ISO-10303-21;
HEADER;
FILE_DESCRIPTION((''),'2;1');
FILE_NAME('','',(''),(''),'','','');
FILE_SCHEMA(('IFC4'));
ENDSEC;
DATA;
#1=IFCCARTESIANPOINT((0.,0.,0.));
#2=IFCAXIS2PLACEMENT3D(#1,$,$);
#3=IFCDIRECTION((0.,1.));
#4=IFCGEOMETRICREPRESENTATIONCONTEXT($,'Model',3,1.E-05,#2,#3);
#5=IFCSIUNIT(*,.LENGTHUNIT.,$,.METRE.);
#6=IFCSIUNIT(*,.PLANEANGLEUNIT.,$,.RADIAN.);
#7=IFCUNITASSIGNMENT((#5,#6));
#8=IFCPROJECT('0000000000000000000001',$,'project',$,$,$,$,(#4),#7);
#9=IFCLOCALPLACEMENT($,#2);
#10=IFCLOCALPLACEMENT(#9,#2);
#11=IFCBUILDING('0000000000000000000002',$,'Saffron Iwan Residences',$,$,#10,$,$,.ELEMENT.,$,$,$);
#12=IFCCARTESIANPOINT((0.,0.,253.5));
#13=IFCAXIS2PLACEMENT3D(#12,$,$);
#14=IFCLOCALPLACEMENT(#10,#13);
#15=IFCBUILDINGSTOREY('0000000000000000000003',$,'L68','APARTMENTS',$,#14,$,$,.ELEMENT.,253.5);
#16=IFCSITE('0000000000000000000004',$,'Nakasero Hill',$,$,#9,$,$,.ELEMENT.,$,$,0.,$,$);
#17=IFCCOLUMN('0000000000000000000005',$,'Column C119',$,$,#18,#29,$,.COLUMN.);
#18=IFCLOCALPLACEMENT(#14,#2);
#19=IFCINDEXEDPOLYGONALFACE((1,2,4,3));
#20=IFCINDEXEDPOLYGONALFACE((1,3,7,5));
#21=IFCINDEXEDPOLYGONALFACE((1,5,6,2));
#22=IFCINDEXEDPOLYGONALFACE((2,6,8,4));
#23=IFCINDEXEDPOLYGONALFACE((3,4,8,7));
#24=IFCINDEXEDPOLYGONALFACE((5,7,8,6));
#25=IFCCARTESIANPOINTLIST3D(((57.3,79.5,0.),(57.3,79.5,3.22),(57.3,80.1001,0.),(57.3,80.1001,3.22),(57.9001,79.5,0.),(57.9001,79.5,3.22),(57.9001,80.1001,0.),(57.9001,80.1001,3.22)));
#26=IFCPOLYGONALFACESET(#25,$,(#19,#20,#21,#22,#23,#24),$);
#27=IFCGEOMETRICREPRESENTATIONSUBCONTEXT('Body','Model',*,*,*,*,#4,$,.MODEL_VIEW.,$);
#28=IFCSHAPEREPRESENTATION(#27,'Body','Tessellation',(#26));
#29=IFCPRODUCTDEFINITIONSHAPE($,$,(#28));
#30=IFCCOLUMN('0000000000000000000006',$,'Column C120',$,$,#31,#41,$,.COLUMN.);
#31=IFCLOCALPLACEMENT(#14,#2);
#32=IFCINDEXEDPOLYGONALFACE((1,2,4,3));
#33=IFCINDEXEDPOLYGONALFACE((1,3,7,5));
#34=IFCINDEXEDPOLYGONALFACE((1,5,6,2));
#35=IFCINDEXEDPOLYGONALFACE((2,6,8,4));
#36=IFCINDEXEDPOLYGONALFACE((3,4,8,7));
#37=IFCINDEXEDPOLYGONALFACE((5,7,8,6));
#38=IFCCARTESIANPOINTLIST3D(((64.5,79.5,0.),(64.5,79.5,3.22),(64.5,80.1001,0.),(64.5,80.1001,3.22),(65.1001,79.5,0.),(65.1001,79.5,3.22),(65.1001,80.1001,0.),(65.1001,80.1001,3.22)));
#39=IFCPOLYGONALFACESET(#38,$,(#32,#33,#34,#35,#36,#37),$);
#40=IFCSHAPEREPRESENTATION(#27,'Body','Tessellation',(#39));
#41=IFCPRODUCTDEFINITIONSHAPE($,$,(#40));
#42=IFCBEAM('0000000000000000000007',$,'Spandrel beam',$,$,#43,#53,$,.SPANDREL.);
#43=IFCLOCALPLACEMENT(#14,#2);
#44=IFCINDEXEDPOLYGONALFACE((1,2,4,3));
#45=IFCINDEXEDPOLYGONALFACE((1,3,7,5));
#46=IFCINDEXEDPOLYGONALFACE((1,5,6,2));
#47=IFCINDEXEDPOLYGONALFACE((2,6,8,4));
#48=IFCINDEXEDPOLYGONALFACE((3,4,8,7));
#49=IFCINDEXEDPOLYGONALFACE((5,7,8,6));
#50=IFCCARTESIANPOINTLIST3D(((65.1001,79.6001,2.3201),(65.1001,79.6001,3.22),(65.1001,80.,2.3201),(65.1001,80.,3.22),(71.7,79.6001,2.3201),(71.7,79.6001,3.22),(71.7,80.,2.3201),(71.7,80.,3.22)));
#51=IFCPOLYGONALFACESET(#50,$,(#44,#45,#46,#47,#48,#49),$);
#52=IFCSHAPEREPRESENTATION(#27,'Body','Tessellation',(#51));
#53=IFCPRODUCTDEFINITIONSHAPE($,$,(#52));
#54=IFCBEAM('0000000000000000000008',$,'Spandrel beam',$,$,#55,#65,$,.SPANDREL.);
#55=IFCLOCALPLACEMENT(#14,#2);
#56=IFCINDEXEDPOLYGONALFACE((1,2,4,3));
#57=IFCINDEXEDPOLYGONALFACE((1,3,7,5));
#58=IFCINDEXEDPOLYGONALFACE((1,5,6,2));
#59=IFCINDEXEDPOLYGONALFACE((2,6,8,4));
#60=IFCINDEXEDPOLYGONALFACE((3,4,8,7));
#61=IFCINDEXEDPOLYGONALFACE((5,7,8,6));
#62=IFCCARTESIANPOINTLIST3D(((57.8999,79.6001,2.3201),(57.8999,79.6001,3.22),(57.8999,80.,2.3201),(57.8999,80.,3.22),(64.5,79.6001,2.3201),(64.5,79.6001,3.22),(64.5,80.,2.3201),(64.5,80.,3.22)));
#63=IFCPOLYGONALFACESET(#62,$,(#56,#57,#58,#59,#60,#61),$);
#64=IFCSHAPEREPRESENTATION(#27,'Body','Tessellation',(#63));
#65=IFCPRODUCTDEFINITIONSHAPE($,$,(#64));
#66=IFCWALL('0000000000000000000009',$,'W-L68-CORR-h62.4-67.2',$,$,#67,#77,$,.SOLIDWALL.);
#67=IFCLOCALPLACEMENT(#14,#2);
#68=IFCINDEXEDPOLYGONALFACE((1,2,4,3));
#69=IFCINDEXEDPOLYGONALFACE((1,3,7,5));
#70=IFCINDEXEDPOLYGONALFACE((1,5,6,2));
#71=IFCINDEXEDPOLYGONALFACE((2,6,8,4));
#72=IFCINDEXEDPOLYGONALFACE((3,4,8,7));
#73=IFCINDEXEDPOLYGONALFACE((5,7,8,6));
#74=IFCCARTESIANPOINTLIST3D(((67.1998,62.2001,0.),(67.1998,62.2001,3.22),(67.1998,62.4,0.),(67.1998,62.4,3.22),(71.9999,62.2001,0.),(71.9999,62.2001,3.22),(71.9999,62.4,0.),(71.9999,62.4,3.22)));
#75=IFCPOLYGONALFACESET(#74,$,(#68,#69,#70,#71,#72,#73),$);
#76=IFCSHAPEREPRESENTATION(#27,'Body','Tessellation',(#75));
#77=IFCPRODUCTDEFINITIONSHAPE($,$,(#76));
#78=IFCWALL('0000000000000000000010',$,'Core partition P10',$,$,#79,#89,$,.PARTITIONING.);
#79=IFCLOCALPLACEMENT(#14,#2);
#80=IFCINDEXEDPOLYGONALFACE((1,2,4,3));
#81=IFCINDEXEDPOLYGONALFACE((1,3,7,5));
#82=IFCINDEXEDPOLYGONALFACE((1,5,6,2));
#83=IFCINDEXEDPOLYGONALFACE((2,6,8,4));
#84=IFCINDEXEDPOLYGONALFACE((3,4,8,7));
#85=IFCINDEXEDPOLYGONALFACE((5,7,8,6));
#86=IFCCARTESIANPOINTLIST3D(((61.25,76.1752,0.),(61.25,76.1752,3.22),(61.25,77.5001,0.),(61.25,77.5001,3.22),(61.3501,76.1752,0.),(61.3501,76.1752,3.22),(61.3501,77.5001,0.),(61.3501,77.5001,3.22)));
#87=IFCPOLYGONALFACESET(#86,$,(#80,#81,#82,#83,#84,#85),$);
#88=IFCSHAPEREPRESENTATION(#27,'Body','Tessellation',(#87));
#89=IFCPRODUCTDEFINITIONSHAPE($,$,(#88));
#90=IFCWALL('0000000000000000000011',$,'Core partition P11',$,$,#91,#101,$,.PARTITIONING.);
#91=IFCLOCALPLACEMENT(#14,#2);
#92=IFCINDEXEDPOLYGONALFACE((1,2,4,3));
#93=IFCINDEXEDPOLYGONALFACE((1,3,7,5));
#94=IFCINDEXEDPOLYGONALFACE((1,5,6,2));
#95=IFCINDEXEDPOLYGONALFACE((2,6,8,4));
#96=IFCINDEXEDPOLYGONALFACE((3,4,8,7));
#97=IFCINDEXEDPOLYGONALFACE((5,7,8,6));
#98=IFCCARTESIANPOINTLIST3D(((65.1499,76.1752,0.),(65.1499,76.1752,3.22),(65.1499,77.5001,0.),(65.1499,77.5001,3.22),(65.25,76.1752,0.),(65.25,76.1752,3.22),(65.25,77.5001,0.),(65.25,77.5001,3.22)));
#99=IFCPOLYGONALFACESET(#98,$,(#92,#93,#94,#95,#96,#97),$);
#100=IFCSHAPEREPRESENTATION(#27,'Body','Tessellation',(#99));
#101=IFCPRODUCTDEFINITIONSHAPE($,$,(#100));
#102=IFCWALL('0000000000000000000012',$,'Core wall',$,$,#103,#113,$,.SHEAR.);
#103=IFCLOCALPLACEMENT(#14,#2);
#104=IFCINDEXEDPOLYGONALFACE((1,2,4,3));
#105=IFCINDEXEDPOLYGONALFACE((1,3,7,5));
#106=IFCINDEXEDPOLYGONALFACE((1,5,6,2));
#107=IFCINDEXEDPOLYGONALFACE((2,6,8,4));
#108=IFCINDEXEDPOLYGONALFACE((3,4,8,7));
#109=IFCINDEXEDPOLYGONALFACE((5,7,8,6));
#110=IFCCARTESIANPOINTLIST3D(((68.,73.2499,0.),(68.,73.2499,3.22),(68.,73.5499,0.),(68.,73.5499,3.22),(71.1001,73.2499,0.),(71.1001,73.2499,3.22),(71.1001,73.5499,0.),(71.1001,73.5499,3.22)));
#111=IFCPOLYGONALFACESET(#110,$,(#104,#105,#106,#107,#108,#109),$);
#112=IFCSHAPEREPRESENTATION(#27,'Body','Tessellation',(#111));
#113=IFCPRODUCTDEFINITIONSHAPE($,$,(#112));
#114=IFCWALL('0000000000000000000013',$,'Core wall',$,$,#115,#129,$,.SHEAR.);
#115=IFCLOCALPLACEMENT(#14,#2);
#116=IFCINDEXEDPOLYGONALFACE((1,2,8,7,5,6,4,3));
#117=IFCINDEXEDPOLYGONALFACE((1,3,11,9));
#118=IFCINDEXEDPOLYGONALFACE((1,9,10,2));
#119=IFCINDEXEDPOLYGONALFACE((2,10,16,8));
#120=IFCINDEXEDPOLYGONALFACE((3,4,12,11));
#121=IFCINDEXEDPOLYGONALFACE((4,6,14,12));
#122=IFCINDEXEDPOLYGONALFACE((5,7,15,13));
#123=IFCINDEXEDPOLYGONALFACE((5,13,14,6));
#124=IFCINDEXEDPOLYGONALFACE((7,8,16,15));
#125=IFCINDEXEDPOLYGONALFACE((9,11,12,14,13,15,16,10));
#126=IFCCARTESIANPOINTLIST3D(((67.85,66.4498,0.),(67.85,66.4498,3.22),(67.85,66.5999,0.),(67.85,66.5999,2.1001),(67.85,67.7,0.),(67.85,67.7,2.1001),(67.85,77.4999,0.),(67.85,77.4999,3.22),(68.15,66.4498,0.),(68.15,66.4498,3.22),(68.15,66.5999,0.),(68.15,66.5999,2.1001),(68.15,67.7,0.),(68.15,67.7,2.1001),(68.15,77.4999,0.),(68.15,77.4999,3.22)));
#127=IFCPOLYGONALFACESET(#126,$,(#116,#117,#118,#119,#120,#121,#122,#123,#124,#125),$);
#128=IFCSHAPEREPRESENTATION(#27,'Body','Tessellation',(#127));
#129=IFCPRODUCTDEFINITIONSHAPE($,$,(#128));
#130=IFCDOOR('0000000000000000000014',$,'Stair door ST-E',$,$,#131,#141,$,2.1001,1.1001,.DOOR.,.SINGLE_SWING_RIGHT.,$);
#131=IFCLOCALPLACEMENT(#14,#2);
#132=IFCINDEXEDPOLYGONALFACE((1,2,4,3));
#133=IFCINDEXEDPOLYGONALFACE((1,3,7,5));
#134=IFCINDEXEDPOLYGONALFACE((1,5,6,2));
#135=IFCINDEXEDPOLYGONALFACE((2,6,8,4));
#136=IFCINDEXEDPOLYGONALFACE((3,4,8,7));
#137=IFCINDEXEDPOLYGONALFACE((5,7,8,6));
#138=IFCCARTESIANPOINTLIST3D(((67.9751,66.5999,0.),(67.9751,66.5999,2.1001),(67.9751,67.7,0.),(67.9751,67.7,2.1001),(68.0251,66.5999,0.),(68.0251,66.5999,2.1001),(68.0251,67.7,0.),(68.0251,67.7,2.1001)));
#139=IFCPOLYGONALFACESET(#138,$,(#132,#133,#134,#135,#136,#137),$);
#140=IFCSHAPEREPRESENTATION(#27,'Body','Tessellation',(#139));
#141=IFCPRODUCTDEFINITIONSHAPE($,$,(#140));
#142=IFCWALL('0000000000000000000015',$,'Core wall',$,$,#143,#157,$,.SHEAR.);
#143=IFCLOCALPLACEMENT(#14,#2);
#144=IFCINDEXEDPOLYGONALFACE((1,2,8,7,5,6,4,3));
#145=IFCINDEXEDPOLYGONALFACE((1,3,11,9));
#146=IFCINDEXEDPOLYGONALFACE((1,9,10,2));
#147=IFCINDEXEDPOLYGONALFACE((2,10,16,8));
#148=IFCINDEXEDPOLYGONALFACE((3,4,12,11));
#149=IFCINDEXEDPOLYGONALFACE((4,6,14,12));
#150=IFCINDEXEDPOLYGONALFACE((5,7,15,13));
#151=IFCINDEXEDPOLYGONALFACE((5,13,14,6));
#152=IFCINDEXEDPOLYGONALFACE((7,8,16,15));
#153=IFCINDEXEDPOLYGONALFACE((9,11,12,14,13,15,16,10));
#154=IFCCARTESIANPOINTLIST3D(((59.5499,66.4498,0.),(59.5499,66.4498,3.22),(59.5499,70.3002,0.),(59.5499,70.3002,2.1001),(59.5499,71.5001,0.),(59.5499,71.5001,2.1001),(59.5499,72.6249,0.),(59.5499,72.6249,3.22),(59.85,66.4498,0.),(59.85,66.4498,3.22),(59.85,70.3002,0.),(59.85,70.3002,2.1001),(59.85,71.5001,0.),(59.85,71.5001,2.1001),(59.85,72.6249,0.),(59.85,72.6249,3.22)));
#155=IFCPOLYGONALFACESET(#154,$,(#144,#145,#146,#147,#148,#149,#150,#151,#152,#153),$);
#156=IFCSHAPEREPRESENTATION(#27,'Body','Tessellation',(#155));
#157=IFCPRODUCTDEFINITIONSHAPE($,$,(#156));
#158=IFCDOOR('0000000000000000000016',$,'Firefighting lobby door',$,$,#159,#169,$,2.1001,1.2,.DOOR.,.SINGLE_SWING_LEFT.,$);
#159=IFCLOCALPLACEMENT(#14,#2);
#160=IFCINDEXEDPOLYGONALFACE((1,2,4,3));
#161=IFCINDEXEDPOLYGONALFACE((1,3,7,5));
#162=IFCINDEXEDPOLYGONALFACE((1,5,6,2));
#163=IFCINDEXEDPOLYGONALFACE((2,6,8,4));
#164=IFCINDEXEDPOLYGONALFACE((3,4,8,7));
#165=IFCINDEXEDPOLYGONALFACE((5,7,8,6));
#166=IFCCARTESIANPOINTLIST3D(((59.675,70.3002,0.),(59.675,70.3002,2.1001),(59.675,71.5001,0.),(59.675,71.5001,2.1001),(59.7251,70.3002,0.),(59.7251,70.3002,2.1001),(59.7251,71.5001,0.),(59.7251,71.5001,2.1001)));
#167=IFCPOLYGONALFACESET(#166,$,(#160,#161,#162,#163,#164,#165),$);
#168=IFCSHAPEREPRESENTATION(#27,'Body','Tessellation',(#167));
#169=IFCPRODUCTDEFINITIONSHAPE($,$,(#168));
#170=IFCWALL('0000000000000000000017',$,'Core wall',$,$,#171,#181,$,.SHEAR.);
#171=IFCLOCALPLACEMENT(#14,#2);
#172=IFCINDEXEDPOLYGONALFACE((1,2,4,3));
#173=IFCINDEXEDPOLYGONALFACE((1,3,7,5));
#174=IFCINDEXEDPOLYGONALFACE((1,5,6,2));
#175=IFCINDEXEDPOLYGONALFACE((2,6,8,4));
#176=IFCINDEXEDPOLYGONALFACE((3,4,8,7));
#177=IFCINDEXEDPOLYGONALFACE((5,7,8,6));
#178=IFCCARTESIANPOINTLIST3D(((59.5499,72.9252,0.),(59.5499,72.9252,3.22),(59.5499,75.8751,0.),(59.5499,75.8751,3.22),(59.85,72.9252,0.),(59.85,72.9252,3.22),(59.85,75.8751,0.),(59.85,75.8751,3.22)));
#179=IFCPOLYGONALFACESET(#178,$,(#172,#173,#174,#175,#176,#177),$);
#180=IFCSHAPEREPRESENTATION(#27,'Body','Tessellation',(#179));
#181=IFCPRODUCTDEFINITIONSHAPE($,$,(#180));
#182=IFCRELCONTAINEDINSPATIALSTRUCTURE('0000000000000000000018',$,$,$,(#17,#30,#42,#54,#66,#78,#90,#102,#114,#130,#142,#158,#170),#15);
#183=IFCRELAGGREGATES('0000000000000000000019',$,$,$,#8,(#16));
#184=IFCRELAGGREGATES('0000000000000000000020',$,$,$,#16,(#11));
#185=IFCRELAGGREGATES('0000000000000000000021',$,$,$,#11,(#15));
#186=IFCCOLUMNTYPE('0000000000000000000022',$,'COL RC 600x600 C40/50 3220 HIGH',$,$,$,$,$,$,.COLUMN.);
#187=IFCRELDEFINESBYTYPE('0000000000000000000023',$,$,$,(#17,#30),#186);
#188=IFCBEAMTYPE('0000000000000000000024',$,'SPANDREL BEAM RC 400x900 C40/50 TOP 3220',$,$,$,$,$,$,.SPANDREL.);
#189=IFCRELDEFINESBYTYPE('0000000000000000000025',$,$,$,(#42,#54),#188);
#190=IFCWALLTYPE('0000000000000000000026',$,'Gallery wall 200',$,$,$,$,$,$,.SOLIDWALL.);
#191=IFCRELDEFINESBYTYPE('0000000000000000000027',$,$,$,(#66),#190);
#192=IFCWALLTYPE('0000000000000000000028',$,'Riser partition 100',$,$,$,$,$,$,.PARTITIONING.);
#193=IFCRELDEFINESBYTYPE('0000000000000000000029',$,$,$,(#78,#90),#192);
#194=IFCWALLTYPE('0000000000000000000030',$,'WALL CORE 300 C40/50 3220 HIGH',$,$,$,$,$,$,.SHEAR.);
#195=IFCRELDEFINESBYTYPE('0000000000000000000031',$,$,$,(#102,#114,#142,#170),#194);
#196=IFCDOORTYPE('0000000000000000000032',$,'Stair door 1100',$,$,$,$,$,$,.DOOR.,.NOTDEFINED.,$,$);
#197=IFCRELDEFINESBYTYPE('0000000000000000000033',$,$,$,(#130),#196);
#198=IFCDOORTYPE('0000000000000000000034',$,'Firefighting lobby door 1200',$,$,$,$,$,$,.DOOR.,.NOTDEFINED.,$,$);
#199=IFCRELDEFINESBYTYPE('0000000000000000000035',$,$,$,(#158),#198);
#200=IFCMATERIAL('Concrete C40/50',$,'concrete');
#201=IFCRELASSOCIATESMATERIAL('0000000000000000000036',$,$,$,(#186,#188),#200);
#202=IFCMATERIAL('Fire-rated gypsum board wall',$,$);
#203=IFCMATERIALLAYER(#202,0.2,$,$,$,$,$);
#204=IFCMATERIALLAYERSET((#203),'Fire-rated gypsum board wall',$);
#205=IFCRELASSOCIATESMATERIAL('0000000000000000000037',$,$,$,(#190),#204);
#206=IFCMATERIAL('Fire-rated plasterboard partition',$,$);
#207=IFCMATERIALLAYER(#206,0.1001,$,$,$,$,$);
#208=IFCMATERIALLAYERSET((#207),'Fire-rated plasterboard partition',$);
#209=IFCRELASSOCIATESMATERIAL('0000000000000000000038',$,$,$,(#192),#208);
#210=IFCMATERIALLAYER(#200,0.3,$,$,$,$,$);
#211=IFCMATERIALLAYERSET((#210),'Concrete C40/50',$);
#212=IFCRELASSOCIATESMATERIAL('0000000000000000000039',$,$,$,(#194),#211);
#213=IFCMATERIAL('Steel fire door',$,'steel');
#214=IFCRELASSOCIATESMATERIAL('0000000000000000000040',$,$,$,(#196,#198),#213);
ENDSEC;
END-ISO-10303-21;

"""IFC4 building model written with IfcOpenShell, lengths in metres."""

from ifc_helpers import new_model, si_unit, direction, frame, frame_2d, origin, origin_2d, place, context, subcontext, project, spatial, rectangle, extrude, source, transform, mapped, material, layer, layer_set, material_profile, profile_set, type_object, element, fill, save


model = new_model("IFC4")

# Units and contexts
model_context = context("Model", 3, precision=1e-05, world=origin(), true_north=direction((0.0, 1.0)))
body_context = subcontext(model_context, "Body", "Model", "MODEL_VIEW")
ifc_project = project(units=[si_unit("LENGTHUNIT", "METRE"), si_unit("PLANEANGLEUNIT", "RADIAN")], contexts=[model_context])

# Site, building, storey
site_placement = place(None, origin())
site = spatial("IfcSite", under=ifc_project, at=site_placement, Name="Nakasero Hill", CompositionType="ELEMENT", RefElevation=0.0)
building_placement = place(site_placement, origin())
building = spatial("IfcBuilding", under=site, at=building_placement, Name="Saffron Iwan Residences", CompositionType="ELEMENT")
storey_placement = place(building_placement, frame((0.0, 0.0, 253.5)))
storey = spatial("IfcBuildingStorey", under=building, at=storey_placement, Name="L68", Description="APARTMENTS", CompositionType="ELEMENT", Elevation=253.5)

# Columns
ifc_material_1 = material(Name="Concrete C40/50", Category="concrete")
ifc_material_profile_1 = material_profile(ifc_material_1, rectangle(XDim=0.6001, YDim=0.6001, at=origin_2d()), Name="RC 600x600")
ifc_profile_set_1 = profile_set([ifc_material_profile_1], Name="Concrete C40/50")
column_type = type_object("IfcColumnType", Name="COL RC 600x600 C40/50 3220 HIGH", PredefinedType="COLUMN", material=ifc_profile_set_1)
shared_shape_1 = source(origin(), body_context, "Body", "SweptSolid", [
    extrude(rectangle(XDim=0.6001, YDim=0.6001, at=origin_2d()), origin(), (0.0, 0.0, 1.0), 3.22),
])
for number, where, z_axis, x_axis, name in (
    (1, (57.6001, 79.8, 0.0), (0.0, 0.0, 1.0), (1.0, 0.0, 0.0), "Column C119"),
    (2, (64.8, 79.8, 0.0), (0.0, 0.0, 1.0), (1.0, 0.0, 0.0), "Column C120"),
):
    element("IfcColumn", number, at=place(storey_placement, frame(where, z_axis=z_axis, x_axis=x_axis)), inside=storey, type_object=column_type, Name=name, PredefinedType="COLUMN", context=body_context, shape_type="MappedRepresentation", body=[
        mapped(shared_shape_1, transform((0.0, 0.0, 0.0))),
    ])

# Beams
ifc_material_profile_2 = material_profile(ifc_material_1, rectangle(XDim=0.3999, YDim=0.8999, at=origin_2d()), Name="RC 400x900")
ifc_profile_set_2 = profile_set([ifc_material_profile_2], Name="Concrete C40/50")
beam_type = type_object("IfcBeamType", Name="SPANDREL BEAM RC 400x900 C40/50 TOP 3220", PredefinedType="SPANDREL", material=ifc_profile_set_2)
shared_shape_2 = source(origin(), body_context, "Body", "SweptSolid", [
    extrude(rectangle(XDim=0.3999, YDim=0.8999, at=origin_2d()), origin(), (0.0, 0.0, 1.0), 6.5999),
])
beam_1_placement = place(storey_placement, frame((65.1001, 79.8, 2.77), z_axis=(1.0, 0.0, 0.0), x_axis=(0.0, 1.0, 0.0)))
element("IfcBeam", 3, at=beam_1_placement, inside=storey, type_object=beam_type, Name="Spandrel beam", PredefinedType="SPANDREL", context=body_context, shape_type="MappedRepresentation", body=[
    mapped(shared_shape_2, transform((0.0, 0.0, 0.0))),
])
shared_shape_3 = source(origin(), body_context, "Body", "SweptSolid", [
    extrude(rectangle(XDim=0.3999, YDim=0.8999, at=origin_2d()), origin(), (0.0, 0.0, 1.0), 6.6001),
])
beam_2_placement = place(storey_placement, frame((57.8999, 79.8, 2.77), z_axis=(1.0, 0.0, 0.0), x_axis=(0.0, 1.0, 0.0)))
element("IfcBeam", 4, at=beam_2_placement, inside=storey, type_object=beam_type, Name="Spandrel beam", PredefinedType="SPANDREL", context=body_context, shape_type="MappedRepresentation", body=[
    mapped(shared_shape_3, transform((0.0, 0.0, 0.0))),
])

# Walls
ifc_material_2 = material(Name="Fire-rated gypsum board wall")
ifc_layer_1 = layer(ifc_material_2, 0.2)
ifc_layer_set_1 = layer_set([ifc_layer_1], Name="Fire-rated gypsum board wall")
wall_type_1 = type_object("IfcWallType", Name="Gallery wall 200", PredefinedType="SOLIDWALL", material=ifc_layer_set_1)
wall_1_placement = place(storey_placement, frame((67.2, 62.3, 0.0), z_axis=(0.0, 0.0, 1.0), x_axis=(1.0, 0.0, 0.0)))
element("IfcWall", 5, at=wall_1_placement, inside=storey, type_object=wall_type_1, Name="W-L68-CORR-h62.4-67.2", PredefinedType="SOLIDWALL", context=body_context, shape_type="SweptSolid", body=[
    extrude(rectangle(XDim=4.8, YDim=0.2, at=frame_2d((2.3999, 0.0))), origin(), (0.0, 0.0, 1.0), 3.22),
])
ifc_material_3 = material(Name="Fire-rated plasterboard partition")
ifc_layer_2 = layer(ifc_material_3, 0.1001)
ifc_layer_set_2 = layer_set([ifc_layer_2], Name="Fire-rated plasterboard partition")
wall_type_2 = type_object("IfcWallType", Name="Riser partition 100", PredefinedType="PARTITIONING", material=ifc_layer_set_2)
for number, where, z_axis, x_axis, name in (
    (6, (61.3, 76.175, 0.0), (0.0, 0.0, 1.0), (0.0, 1.0, 0.0), "Core partition P10"),
    (7, (65.2, 76.175, 0.0), (0.0, 0.0, 1.0), (0.0, 1.0, 0.0), "Core partition P11"),
):
    element("IfcWall", number, at=place(storey_placement, frame(where, z_axis=z_axis, x_axis=x_axis)), inside=storey, type_object=wall_type_2, Name=name, PredefinedType="PARTITIONING", context=body_context, shape_type="SweptSolid", body=[
        extrude(rectangle(XDim=1.325, YDim=0.1001, at=frame_2d((0.6626, 0.0))), origin(), (0.0, 0.0, 1.0), 3.22),
    ])
ifc_layer_3 = layer(ifc_material_1, 0.3)
ifc_layer_set_3 = layer_set([ifc_layer_3], Name="Concrete C40/50")
wall_type_3 = type_object("IfcWallType", Name="WALL CORE 300 C40/50 3220 HIGH", PredefinedType="SHEAR", material=ifc_layer_set_3)
wall_2_placement = place(storey_placement, frame((68.0, 73.3999, 0.0), z_axis=(0.0, 0.0, 1.0), x_axis=(1.0, 0.0, 0.0)))
element("IfcWall", 8, at=wall_2_placement, inside=storey, type_object=wall_type_3, Name="Core wall", PredefinedType="SHEAR", context=body_context, shape_type="SweptSolid", body=[
    extrude(rectangle(XDim=3.1001, YDim=0.3, at=frame_2d((1.55, 0.0))), origin(), (0.0, 0.0, 1.0), 3.22),
])

# Walls, openings, doors
wall_3_placement = place(storey_placement, frame((68.0, 66.45, 0.0), z_axis=(0.0, 0.0, 1.0), x_axis=(0.0, 1.0, 0.0)))
wall_3 = element("IfcWall", 9, at=wall_3_placement, inside=storey, type_object=wall_type_3, Name="Core wall", PredefinedType="SHEAR", context=body_context, shape_type="SweptSolid", body=[
    extrude(rectangle(XDim=11.05, YDim=0.3, at=frame_2d((5.5249, 0.0))), origin(), (0.0, 0.0, 1.0), 3.22),
])
opening_1_placement = place(wall_3_placement, frame((0.1499, 0.0, 0.0)))
opening_1 = element("IfcOpeningElement", 10, at=opening_1_placement, cuts=wall_3, PredefinedType="OPENING", context=body_context, shape_type="SweptSolid", body=[
    extrude(rectangle(XDim=1.1001, YDim=2.1001, at=frame_2d((0.55, 1.05))), frame((0.0, 0.1602, 0.0), z_axis=(0.0, -1.0, 0.0), x_axis=(1.0, 0.0, 0.0)), (0.0, 0.0, 1.0), 0.3201),
])
ifc_material_4 = material(Name="Steel fire door", Category="steel")
door_type_1 = type_object("IfcDoorType", Name="Stair door 1100", OperationType="NOTDEFINED", PredefinedType="DOOR", material=ifc_material_4)
door_1_placement = place(opening_1_placement, origin())
door_1 = element("IfcDoor", 11, at=door_1_placement, inside=storey, type_object=door_type_1, Name="Stair door ST-E", OperationType="SINGLE_SWING_RIGHT", OverallHeight=2.1001, OverallWidth=1.1001, PredefinedType="DOOR", context=body_context, shape_type="SweptSolid", body=[
    extrude(rectangle(XDim=1.1001, YDim=2.1001, at=frame_2d((0.55, 1.05))), frame((0.0, 0.0249, 0.0), z_axis=(0.0, -1.0, 0.0), x_axis=(1.0, 0.0, 0.0)), (0.0, 0.0, 1.0), 0.05),
])
fill(opening_1, door_1)
wall_4_placement = place(storey_placement, frame((59.7, 66.45, 0.0), z_axis=(0.0, 0.0, 1.0), x_axis=(0.0, 1.0, 0.0)))
wall_4 = element("IfcWall", 12, at=wall_4_placement, inside=storey, type_object=wall_type_3, Name="Core wall", PredefinedType="SHEAR", context=body_context, shape_type="SweptSolid", body=[
    extrude(rectangle(XDim=6.175, YDim=0.3, at=frame_2d((3.0874, 0.0))), origin(), (0.0, 0.0, 1.0), 3.22),
])
opening_2_placement = place(wall_4_placement, frame((3.8501, 0.0, 0.0)))
opening_2 = element("IfcOpeningElement", 13, at=opening_2_placement, cuts=wall_4, PredefinedType="OPENING", context=body_context, shape_type="SweptSolid", body=[
    extrude(rectangle(XDim=1.2, YDim=2.1001, at=frame_2d((0.6001, 1.05))), frame((0.0, 0.1602, 0.0), z_axis=(0.0, -1.0, 0.0), x_axis=(1.0, 0.0, 0.0)), (0.0, 0.0, 1.0), 0.3201),
])
door_type_2 = type_object("IfcDoorType", Name="Firefighting lobby door 1200", OperationType="NOTDEFINED", PredefinedType="DOOR", material=ifc_material_4)
door_2_placement = place(opening_2_placement, origin())
door_2 = element("IfcDoor", 14, at=door_2_placement, inside=storey, type_object=door_type_2, Name="Firefighting lobby door", OperationType="SINGLE_SWING_LEFT", OverallHeight=2.1001, OverallWidth=1.2, PredefinedType="DOOR", context=body_context, shape_type="SweptSolid", body=[
    extrude(rectangle(XDim=1.2, YDim=2.1001, at=frame_2d((0.6001, 1.05))), frame((0.0, 0.0249, 0.0), z_axis=(0.0, -1.0, 0.0), x_axis=(1.0, 0.0, 0.0)), (0.0, 0.0, 1.0), 0.05),
])
fill(opening_2, door_2)

# Wall
wall_5_placement = place(storey_placement, frame((59.7, 72.925, 0.0), z_axis=(0.0, 0.0, 1.0), x_axis=(0.0, 1.0, 0.0)))
element("IfcWall", 15, at=wall_5_placement, inside=storey, type_object=wall_type_3, Name="Core wall", PredefinedType="SHEAR", context=body_context, shape_type="SweptSolid", body=[
    extrude(rectangle(XDim=2.95, YDim=0.3, at=frame_2d((1.4751, 0.0))), origin(), (0.0, 0.0, 1.0), 3.22),
])

save(model, "model.ifc")
